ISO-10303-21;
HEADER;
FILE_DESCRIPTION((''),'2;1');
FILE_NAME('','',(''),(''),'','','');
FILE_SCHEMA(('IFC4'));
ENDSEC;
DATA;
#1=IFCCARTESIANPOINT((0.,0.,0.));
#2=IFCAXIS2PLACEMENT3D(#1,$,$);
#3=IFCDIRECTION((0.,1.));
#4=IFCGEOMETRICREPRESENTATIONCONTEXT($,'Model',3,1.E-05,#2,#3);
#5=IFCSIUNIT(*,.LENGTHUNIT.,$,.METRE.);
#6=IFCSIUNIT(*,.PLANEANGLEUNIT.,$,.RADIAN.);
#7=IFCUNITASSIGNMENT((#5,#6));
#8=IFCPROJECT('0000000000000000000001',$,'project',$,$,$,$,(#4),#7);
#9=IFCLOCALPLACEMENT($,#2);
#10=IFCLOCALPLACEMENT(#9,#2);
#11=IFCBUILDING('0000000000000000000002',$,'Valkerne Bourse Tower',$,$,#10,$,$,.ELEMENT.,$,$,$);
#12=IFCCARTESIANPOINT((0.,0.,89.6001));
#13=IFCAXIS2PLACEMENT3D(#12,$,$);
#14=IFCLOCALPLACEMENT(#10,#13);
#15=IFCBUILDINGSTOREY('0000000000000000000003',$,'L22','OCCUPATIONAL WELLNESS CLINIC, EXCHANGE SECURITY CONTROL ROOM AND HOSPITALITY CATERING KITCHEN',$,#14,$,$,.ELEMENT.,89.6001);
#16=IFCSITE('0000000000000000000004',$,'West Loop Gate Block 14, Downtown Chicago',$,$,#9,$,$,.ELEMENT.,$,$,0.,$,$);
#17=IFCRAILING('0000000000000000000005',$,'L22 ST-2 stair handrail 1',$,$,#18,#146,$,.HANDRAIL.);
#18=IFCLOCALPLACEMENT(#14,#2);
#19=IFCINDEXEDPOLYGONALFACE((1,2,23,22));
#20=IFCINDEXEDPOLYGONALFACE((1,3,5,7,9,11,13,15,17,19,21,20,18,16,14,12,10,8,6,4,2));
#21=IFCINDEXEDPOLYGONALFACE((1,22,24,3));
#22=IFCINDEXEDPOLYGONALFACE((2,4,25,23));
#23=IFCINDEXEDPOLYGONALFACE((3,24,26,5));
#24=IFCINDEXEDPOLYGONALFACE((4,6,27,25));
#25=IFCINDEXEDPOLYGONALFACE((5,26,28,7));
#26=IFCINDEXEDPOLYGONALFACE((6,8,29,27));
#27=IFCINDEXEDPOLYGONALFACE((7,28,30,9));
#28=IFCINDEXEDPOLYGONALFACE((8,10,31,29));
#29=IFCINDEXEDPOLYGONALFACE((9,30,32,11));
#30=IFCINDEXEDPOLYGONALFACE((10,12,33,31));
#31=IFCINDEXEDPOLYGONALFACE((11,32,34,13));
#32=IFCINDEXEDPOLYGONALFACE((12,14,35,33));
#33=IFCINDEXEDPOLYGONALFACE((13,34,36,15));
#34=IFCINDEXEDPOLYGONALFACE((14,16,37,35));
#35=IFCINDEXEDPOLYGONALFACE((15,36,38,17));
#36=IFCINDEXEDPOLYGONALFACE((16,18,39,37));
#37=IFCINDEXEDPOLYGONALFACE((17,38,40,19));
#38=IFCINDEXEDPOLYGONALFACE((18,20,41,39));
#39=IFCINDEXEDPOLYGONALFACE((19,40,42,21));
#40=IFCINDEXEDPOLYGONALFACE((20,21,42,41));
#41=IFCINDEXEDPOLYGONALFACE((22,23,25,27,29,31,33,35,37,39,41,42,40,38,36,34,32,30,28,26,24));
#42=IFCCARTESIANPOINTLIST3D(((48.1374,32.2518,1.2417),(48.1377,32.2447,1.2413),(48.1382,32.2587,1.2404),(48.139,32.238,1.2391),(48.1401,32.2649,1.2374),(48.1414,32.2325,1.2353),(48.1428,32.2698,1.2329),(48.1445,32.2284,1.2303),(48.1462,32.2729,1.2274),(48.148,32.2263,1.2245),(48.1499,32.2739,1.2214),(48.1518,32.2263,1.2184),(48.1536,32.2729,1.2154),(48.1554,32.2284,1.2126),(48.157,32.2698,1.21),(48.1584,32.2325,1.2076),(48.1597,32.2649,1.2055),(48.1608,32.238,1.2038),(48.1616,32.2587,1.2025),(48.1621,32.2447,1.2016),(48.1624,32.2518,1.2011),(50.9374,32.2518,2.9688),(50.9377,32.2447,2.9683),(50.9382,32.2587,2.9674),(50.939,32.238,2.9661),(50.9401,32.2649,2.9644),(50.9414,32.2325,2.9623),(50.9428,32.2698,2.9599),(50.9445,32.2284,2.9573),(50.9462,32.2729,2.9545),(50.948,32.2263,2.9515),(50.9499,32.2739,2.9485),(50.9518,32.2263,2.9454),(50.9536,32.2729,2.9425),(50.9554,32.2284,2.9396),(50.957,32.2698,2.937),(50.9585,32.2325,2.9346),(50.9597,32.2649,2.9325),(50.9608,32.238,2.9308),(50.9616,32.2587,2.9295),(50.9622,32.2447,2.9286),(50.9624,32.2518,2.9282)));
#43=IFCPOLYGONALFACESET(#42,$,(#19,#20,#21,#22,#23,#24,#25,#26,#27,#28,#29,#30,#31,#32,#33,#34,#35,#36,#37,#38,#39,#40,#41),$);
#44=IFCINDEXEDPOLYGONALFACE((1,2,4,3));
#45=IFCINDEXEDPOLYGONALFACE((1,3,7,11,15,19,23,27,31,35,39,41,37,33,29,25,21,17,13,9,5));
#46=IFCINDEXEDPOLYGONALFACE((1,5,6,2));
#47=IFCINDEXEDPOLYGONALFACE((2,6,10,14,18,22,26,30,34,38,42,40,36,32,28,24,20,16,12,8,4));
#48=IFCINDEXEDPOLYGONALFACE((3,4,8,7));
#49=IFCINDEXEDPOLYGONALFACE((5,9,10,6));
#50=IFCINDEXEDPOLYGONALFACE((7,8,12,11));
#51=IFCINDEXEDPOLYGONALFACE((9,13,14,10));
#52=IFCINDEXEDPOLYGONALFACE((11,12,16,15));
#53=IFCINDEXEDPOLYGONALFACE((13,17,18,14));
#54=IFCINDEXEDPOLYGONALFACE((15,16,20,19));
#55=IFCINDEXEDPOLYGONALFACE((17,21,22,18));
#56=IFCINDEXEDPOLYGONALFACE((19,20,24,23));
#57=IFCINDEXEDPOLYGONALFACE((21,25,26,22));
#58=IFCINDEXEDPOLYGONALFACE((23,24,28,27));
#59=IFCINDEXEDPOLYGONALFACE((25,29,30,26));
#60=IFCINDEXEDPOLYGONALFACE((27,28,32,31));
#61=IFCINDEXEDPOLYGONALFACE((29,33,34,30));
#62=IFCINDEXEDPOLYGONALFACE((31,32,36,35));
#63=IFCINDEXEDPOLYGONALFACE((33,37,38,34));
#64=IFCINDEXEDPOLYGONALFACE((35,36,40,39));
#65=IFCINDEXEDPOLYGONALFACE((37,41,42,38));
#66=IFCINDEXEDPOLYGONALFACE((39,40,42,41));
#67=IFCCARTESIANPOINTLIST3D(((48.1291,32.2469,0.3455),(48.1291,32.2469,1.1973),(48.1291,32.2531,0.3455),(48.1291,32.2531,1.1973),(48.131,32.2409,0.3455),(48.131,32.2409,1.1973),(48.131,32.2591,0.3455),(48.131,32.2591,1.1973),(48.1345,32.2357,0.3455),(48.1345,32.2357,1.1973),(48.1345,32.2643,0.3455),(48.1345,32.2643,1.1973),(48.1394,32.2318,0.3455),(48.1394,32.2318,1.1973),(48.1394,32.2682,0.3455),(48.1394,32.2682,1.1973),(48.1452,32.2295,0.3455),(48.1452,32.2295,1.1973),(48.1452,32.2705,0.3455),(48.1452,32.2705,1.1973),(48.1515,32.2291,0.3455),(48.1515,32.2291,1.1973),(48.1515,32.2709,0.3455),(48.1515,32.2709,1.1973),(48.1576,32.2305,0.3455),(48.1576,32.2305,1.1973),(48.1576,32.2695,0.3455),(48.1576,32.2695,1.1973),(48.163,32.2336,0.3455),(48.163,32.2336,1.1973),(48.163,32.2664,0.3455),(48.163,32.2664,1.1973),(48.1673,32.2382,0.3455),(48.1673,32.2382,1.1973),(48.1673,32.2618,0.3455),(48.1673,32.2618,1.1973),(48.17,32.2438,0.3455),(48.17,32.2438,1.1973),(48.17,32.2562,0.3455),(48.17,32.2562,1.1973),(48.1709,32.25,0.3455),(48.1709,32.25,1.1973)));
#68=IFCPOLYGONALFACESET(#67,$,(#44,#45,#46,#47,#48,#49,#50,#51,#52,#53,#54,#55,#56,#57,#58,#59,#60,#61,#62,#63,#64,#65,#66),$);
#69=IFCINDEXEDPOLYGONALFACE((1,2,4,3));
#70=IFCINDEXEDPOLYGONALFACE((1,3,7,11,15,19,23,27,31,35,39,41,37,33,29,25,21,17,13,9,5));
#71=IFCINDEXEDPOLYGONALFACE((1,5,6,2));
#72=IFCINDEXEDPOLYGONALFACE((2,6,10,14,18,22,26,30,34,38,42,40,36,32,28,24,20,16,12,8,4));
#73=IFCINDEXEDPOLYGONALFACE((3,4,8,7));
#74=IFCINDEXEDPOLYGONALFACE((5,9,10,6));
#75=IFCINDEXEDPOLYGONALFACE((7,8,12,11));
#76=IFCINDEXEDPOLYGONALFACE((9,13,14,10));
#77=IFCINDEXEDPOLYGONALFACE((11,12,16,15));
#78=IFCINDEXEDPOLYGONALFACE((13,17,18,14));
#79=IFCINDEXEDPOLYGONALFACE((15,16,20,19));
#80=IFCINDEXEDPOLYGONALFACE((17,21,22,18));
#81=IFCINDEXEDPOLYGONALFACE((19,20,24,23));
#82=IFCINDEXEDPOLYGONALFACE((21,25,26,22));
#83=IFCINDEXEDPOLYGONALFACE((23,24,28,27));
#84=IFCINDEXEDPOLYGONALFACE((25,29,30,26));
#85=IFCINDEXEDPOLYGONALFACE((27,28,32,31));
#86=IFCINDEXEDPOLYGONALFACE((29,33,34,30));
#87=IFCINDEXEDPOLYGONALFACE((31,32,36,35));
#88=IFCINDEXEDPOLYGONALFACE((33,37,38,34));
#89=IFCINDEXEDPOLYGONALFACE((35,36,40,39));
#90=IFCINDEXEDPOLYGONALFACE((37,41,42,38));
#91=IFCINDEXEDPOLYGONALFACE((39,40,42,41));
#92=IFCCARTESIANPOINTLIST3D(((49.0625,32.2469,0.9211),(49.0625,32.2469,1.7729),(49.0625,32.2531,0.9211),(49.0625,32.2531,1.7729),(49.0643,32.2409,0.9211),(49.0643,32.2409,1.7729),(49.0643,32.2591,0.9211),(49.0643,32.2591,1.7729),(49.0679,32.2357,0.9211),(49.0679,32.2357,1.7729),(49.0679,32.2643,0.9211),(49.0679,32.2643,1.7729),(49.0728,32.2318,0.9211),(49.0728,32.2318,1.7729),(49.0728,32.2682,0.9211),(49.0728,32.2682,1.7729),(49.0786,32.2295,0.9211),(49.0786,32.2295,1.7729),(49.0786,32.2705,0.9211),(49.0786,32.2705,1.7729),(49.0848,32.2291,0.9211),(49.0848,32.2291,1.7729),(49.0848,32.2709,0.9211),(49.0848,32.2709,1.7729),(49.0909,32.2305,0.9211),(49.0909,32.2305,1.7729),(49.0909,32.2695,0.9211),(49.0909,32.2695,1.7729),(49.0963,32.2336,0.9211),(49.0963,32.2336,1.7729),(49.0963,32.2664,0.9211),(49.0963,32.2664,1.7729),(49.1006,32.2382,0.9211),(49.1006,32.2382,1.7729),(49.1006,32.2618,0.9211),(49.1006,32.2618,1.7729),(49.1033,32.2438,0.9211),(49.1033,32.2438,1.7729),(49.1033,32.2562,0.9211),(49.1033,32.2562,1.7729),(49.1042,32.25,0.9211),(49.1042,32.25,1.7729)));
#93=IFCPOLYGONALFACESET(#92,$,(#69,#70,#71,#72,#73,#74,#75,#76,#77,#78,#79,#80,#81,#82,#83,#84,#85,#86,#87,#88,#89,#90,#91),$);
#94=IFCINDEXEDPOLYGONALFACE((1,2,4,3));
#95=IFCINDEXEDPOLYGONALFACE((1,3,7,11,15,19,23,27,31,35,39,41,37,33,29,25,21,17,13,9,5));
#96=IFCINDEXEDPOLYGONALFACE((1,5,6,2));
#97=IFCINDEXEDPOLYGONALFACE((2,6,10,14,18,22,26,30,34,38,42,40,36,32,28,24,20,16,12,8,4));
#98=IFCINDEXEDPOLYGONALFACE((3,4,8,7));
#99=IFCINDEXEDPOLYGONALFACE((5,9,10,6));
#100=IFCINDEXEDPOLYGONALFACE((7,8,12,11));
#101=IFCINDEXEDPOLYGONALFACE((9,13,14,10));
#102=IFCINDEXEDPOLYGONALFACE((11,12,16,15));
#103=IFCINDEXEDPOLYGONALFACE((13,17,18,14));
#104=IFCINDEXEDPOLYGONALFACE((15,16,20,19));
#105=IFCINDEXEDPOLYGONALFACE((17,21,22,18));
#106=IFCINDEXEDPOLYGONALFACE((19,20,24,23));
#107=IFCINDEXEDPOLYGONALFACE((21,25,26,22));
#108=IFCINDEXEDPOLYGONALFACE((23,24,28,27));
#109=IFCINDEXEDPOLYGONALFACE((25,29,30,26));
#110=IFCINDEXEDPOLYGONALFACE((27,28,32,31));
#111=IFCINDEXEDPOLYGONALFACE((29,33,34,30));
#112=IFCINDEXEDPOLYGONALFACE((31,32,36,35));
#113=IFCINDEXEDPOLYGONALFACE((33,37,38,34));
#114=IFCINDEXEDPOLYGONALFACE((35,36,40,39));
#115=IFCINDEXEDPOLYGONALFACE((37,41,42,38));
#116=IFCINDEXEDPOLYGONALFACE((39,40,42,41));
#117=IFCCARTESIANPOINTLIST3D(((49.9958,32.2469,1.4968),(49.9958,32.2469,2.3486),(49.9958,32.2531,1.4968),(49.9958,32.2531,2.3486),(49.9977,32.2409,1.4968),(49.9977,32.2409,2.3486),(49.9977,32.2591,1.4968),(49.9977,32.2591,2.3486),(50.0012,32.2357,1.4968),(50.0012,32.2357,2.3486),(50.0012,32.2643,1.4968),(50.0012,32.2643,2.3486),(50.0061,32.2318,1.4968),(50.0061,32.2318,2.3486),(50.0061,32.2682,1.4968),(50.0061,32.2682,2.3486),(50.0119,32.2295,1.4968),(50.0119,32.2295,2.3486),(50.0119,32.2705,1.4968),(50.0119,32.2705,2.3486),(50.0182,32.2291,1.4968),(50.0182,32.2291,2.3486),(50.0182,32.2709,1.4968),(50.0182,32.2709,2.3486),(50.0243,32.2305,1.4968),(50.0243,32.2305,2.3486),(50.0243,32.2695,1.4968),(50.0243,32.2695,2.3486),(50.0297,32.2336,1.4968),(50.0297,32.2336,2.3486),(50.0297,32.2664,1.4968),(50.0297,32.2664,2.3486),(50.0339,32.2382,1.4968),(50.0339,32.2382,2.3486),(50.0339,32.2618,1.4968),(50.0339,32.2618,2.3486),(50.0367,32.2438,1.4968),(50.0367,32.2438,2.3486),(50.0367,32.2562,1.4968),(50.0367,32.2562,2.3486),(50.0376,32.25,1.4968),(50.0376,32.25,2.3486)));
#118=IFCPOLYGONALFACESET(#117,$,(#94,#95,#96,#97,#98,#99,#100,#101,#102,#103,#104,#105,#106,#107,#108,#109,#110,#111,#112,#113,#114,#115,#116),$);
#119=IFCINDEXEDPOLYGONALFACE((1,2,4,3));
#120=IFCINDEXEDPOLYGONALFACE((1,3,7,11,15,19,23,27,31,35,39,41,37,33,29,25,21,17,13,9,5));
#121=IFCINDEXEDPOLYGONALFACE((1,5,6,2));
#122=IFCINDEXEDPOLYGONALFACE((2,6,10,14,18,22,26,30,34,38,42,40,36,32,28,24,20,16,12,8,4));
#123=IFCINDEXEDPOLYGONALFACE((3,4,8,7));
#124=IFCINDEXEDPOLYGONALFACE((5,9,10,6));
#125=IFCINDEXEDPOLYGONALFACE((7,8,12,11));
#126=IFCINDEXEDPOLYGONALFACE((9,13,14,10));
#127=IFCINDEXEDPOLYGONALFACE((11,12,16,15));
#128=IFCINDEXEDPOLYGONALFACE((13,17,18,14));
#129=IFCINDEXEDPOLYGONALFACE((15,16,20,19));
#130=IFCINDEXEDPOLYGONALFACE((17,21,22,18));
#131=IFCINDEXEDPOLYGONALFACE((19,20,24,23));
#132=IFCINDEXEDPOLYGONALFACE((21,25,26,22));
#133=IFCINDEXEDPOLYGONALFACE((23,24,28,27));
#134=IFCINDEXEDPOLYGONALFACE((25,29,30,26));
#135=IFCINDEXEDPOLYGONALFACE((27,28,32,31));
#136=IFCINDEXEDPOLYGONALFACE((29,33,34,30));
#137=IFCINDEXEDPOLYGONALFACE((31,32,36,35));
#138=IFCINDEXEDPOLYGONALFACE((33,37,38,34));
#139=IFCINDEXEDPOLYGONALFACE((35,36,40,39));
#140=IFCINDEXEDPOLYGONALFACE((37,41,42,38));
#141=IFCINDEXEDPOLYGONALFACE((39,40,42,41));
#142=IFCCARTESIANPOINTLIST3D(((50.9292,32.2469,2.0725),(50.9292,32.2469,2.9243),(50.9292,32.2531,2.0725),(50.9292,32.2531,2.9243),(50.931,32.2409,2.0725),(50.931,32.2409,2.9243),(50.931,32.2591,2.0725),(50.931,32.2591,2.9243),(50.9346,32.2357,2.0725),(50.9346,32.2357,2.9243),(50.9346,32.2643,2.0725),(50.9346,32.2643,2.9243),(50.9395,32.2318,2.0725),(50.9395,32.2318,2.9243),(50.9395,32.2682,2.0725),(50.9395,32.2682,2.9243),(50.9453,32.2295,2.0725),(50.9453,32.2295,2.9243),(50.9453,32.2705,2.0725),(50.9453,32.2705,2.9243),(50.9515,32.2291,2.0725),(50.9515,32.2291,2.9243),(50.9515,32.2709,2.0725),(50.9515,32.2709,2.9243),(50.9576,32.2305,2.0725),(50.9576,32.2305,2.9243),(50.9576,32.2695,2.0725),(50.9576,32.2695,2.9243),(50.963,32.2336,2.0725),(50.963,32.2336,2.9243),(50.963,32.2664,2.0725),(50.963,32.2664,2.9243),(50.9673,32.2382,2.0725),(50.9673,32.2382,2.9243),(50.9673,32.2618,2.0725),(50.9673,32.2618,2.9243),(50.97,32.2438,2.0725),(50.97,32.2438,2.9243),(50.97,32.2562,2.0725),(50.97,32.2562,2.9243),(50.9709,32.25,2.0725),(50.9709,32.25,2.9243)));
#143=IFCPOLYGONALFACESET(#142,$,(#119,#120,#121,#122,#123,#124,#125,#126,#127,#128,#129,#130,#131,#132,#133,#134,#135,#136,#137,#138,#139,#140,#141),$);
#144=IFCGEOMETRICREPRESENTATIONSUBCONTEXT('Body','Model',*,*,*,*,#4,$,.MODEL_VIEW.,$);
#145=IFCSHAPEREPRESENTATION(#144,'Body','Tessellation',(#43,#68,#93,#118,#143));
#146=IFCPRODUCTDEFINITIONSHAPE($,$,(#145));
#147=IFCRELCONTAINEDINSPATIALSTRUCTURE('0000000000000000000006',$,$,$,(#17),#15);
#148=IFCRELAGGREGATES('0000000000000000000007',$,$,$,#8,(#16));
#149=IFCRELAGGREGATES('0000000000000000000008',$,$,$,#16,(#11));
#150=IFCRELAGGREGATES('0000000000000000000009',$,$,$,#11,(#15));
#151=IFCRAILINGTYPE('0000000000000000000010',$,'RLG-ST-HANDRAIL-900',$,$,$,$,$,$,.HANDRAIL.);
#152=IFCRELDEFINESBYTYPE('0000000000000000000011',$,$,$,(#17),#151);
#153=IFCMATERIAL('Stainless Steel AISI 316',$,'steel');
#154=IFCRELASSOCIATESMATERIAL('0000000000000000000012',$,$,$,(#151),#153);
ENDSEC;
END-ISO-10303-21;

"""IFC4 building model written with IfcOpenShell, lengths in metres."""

from ifc_helpers import new_model, si_unit, direction, frame, origin, origin_2d, place, context, subcontext, project, spatial, circle, extrude, material, type_object, element, save


model = new_model("IFC4")

# Units and contexts
model_context = context("Model", 3, precision=1e-05, world=origin(), true_north=direction((0.0, 1.0)))
body_context = subcontext(model_context, "Body", "Model", "MODEL_VIEW")
ifc_project = project(units=[si_unit("LENGTHUNIT", "METRE"), si_unit("PLANEANGLEUNIT", "RADIAN")], contexts=[model_context])

# Site, building, storey
site_placement = place(None, origin())
site = spatial("IfcSite", under=ifc_project, at=site_placement, Name="West Loop Gate Block 14, Downtown Chicago", CompositionType="ELEMENT", RefElevation=0.0)
building_placement = place(site_placement, origin())
building = spatial("IfcBuilding", under=site, at=building_placement, Name="Valkerne Bourse Tower", CompositionType="ELEMENT")
storey_placement = place(building_placement, frame((0.0, 0.0, 89.6001)))
storey = spatial("IfcBuildingStorey", under=building, at=storey_placement, Name="L22", Description="OCCUPATIONAL WELLNESS CLINIC, EXCHANGE SECURITY CONTROL ROOM AND HOSPITALITY CATERING KITCHEN", CompositionType="ELEMENT", Elevation=89.6001)

# Shared definitions
ifc_material_1 = material(Name="Stainless Steel AISI 316", Category="steel")

# Railing
railing_type_1 = type_object("IfcRailingType", Name="RLG-ST-HANDRAIL-900", PredefinedType="HANDRAIL", material=ifc_material_1)
railing_1_placement = place(storey_placement, frame((48.1499, 32.25, 0.3455)))
element("IfcRailing", 1, at=railing_1_placement, inside=storey, type_object=railing_type_1, Name="L22 ST-2 stair handrail 1", PredefinedType="HANDRAIL", context=body_context, shape_type="SweptSolid", body=[
    extrude(circle(Radius=0.0239, at=origin_2d()), frame((0.0, 0.0, 0.876), z_axis=(0.851123, 0.0, 0.524967), x_axis=(0.0, 1.0, 0.0)), (0.0, 0.0, 1.0), 3.2898),
    extrude(circle(Radius=0.021, at=origin_2d()), origin(), (0.0, 0.0, 1.0), 0.8518),
    extrude(circle(Radius=0.021, at=origin_2d()), frame((0.9333, 0.0, 0.5757)), (0.0, 0.0, 1.0), 0.8518),
    extrude(circle(Radius=0.021, at=origin_2d()), frame((1.8667, 0.0, 1.1514)), (0.0, 0.0, 1.0), 0.8518),
    extrude(circle(Radius=0.021, at=origin_2d()), frame((2.8, 0.0, 1.7271)), (0.0, 0.0, 1.0), 0.8518),
])

save(model, "model.ifc")
